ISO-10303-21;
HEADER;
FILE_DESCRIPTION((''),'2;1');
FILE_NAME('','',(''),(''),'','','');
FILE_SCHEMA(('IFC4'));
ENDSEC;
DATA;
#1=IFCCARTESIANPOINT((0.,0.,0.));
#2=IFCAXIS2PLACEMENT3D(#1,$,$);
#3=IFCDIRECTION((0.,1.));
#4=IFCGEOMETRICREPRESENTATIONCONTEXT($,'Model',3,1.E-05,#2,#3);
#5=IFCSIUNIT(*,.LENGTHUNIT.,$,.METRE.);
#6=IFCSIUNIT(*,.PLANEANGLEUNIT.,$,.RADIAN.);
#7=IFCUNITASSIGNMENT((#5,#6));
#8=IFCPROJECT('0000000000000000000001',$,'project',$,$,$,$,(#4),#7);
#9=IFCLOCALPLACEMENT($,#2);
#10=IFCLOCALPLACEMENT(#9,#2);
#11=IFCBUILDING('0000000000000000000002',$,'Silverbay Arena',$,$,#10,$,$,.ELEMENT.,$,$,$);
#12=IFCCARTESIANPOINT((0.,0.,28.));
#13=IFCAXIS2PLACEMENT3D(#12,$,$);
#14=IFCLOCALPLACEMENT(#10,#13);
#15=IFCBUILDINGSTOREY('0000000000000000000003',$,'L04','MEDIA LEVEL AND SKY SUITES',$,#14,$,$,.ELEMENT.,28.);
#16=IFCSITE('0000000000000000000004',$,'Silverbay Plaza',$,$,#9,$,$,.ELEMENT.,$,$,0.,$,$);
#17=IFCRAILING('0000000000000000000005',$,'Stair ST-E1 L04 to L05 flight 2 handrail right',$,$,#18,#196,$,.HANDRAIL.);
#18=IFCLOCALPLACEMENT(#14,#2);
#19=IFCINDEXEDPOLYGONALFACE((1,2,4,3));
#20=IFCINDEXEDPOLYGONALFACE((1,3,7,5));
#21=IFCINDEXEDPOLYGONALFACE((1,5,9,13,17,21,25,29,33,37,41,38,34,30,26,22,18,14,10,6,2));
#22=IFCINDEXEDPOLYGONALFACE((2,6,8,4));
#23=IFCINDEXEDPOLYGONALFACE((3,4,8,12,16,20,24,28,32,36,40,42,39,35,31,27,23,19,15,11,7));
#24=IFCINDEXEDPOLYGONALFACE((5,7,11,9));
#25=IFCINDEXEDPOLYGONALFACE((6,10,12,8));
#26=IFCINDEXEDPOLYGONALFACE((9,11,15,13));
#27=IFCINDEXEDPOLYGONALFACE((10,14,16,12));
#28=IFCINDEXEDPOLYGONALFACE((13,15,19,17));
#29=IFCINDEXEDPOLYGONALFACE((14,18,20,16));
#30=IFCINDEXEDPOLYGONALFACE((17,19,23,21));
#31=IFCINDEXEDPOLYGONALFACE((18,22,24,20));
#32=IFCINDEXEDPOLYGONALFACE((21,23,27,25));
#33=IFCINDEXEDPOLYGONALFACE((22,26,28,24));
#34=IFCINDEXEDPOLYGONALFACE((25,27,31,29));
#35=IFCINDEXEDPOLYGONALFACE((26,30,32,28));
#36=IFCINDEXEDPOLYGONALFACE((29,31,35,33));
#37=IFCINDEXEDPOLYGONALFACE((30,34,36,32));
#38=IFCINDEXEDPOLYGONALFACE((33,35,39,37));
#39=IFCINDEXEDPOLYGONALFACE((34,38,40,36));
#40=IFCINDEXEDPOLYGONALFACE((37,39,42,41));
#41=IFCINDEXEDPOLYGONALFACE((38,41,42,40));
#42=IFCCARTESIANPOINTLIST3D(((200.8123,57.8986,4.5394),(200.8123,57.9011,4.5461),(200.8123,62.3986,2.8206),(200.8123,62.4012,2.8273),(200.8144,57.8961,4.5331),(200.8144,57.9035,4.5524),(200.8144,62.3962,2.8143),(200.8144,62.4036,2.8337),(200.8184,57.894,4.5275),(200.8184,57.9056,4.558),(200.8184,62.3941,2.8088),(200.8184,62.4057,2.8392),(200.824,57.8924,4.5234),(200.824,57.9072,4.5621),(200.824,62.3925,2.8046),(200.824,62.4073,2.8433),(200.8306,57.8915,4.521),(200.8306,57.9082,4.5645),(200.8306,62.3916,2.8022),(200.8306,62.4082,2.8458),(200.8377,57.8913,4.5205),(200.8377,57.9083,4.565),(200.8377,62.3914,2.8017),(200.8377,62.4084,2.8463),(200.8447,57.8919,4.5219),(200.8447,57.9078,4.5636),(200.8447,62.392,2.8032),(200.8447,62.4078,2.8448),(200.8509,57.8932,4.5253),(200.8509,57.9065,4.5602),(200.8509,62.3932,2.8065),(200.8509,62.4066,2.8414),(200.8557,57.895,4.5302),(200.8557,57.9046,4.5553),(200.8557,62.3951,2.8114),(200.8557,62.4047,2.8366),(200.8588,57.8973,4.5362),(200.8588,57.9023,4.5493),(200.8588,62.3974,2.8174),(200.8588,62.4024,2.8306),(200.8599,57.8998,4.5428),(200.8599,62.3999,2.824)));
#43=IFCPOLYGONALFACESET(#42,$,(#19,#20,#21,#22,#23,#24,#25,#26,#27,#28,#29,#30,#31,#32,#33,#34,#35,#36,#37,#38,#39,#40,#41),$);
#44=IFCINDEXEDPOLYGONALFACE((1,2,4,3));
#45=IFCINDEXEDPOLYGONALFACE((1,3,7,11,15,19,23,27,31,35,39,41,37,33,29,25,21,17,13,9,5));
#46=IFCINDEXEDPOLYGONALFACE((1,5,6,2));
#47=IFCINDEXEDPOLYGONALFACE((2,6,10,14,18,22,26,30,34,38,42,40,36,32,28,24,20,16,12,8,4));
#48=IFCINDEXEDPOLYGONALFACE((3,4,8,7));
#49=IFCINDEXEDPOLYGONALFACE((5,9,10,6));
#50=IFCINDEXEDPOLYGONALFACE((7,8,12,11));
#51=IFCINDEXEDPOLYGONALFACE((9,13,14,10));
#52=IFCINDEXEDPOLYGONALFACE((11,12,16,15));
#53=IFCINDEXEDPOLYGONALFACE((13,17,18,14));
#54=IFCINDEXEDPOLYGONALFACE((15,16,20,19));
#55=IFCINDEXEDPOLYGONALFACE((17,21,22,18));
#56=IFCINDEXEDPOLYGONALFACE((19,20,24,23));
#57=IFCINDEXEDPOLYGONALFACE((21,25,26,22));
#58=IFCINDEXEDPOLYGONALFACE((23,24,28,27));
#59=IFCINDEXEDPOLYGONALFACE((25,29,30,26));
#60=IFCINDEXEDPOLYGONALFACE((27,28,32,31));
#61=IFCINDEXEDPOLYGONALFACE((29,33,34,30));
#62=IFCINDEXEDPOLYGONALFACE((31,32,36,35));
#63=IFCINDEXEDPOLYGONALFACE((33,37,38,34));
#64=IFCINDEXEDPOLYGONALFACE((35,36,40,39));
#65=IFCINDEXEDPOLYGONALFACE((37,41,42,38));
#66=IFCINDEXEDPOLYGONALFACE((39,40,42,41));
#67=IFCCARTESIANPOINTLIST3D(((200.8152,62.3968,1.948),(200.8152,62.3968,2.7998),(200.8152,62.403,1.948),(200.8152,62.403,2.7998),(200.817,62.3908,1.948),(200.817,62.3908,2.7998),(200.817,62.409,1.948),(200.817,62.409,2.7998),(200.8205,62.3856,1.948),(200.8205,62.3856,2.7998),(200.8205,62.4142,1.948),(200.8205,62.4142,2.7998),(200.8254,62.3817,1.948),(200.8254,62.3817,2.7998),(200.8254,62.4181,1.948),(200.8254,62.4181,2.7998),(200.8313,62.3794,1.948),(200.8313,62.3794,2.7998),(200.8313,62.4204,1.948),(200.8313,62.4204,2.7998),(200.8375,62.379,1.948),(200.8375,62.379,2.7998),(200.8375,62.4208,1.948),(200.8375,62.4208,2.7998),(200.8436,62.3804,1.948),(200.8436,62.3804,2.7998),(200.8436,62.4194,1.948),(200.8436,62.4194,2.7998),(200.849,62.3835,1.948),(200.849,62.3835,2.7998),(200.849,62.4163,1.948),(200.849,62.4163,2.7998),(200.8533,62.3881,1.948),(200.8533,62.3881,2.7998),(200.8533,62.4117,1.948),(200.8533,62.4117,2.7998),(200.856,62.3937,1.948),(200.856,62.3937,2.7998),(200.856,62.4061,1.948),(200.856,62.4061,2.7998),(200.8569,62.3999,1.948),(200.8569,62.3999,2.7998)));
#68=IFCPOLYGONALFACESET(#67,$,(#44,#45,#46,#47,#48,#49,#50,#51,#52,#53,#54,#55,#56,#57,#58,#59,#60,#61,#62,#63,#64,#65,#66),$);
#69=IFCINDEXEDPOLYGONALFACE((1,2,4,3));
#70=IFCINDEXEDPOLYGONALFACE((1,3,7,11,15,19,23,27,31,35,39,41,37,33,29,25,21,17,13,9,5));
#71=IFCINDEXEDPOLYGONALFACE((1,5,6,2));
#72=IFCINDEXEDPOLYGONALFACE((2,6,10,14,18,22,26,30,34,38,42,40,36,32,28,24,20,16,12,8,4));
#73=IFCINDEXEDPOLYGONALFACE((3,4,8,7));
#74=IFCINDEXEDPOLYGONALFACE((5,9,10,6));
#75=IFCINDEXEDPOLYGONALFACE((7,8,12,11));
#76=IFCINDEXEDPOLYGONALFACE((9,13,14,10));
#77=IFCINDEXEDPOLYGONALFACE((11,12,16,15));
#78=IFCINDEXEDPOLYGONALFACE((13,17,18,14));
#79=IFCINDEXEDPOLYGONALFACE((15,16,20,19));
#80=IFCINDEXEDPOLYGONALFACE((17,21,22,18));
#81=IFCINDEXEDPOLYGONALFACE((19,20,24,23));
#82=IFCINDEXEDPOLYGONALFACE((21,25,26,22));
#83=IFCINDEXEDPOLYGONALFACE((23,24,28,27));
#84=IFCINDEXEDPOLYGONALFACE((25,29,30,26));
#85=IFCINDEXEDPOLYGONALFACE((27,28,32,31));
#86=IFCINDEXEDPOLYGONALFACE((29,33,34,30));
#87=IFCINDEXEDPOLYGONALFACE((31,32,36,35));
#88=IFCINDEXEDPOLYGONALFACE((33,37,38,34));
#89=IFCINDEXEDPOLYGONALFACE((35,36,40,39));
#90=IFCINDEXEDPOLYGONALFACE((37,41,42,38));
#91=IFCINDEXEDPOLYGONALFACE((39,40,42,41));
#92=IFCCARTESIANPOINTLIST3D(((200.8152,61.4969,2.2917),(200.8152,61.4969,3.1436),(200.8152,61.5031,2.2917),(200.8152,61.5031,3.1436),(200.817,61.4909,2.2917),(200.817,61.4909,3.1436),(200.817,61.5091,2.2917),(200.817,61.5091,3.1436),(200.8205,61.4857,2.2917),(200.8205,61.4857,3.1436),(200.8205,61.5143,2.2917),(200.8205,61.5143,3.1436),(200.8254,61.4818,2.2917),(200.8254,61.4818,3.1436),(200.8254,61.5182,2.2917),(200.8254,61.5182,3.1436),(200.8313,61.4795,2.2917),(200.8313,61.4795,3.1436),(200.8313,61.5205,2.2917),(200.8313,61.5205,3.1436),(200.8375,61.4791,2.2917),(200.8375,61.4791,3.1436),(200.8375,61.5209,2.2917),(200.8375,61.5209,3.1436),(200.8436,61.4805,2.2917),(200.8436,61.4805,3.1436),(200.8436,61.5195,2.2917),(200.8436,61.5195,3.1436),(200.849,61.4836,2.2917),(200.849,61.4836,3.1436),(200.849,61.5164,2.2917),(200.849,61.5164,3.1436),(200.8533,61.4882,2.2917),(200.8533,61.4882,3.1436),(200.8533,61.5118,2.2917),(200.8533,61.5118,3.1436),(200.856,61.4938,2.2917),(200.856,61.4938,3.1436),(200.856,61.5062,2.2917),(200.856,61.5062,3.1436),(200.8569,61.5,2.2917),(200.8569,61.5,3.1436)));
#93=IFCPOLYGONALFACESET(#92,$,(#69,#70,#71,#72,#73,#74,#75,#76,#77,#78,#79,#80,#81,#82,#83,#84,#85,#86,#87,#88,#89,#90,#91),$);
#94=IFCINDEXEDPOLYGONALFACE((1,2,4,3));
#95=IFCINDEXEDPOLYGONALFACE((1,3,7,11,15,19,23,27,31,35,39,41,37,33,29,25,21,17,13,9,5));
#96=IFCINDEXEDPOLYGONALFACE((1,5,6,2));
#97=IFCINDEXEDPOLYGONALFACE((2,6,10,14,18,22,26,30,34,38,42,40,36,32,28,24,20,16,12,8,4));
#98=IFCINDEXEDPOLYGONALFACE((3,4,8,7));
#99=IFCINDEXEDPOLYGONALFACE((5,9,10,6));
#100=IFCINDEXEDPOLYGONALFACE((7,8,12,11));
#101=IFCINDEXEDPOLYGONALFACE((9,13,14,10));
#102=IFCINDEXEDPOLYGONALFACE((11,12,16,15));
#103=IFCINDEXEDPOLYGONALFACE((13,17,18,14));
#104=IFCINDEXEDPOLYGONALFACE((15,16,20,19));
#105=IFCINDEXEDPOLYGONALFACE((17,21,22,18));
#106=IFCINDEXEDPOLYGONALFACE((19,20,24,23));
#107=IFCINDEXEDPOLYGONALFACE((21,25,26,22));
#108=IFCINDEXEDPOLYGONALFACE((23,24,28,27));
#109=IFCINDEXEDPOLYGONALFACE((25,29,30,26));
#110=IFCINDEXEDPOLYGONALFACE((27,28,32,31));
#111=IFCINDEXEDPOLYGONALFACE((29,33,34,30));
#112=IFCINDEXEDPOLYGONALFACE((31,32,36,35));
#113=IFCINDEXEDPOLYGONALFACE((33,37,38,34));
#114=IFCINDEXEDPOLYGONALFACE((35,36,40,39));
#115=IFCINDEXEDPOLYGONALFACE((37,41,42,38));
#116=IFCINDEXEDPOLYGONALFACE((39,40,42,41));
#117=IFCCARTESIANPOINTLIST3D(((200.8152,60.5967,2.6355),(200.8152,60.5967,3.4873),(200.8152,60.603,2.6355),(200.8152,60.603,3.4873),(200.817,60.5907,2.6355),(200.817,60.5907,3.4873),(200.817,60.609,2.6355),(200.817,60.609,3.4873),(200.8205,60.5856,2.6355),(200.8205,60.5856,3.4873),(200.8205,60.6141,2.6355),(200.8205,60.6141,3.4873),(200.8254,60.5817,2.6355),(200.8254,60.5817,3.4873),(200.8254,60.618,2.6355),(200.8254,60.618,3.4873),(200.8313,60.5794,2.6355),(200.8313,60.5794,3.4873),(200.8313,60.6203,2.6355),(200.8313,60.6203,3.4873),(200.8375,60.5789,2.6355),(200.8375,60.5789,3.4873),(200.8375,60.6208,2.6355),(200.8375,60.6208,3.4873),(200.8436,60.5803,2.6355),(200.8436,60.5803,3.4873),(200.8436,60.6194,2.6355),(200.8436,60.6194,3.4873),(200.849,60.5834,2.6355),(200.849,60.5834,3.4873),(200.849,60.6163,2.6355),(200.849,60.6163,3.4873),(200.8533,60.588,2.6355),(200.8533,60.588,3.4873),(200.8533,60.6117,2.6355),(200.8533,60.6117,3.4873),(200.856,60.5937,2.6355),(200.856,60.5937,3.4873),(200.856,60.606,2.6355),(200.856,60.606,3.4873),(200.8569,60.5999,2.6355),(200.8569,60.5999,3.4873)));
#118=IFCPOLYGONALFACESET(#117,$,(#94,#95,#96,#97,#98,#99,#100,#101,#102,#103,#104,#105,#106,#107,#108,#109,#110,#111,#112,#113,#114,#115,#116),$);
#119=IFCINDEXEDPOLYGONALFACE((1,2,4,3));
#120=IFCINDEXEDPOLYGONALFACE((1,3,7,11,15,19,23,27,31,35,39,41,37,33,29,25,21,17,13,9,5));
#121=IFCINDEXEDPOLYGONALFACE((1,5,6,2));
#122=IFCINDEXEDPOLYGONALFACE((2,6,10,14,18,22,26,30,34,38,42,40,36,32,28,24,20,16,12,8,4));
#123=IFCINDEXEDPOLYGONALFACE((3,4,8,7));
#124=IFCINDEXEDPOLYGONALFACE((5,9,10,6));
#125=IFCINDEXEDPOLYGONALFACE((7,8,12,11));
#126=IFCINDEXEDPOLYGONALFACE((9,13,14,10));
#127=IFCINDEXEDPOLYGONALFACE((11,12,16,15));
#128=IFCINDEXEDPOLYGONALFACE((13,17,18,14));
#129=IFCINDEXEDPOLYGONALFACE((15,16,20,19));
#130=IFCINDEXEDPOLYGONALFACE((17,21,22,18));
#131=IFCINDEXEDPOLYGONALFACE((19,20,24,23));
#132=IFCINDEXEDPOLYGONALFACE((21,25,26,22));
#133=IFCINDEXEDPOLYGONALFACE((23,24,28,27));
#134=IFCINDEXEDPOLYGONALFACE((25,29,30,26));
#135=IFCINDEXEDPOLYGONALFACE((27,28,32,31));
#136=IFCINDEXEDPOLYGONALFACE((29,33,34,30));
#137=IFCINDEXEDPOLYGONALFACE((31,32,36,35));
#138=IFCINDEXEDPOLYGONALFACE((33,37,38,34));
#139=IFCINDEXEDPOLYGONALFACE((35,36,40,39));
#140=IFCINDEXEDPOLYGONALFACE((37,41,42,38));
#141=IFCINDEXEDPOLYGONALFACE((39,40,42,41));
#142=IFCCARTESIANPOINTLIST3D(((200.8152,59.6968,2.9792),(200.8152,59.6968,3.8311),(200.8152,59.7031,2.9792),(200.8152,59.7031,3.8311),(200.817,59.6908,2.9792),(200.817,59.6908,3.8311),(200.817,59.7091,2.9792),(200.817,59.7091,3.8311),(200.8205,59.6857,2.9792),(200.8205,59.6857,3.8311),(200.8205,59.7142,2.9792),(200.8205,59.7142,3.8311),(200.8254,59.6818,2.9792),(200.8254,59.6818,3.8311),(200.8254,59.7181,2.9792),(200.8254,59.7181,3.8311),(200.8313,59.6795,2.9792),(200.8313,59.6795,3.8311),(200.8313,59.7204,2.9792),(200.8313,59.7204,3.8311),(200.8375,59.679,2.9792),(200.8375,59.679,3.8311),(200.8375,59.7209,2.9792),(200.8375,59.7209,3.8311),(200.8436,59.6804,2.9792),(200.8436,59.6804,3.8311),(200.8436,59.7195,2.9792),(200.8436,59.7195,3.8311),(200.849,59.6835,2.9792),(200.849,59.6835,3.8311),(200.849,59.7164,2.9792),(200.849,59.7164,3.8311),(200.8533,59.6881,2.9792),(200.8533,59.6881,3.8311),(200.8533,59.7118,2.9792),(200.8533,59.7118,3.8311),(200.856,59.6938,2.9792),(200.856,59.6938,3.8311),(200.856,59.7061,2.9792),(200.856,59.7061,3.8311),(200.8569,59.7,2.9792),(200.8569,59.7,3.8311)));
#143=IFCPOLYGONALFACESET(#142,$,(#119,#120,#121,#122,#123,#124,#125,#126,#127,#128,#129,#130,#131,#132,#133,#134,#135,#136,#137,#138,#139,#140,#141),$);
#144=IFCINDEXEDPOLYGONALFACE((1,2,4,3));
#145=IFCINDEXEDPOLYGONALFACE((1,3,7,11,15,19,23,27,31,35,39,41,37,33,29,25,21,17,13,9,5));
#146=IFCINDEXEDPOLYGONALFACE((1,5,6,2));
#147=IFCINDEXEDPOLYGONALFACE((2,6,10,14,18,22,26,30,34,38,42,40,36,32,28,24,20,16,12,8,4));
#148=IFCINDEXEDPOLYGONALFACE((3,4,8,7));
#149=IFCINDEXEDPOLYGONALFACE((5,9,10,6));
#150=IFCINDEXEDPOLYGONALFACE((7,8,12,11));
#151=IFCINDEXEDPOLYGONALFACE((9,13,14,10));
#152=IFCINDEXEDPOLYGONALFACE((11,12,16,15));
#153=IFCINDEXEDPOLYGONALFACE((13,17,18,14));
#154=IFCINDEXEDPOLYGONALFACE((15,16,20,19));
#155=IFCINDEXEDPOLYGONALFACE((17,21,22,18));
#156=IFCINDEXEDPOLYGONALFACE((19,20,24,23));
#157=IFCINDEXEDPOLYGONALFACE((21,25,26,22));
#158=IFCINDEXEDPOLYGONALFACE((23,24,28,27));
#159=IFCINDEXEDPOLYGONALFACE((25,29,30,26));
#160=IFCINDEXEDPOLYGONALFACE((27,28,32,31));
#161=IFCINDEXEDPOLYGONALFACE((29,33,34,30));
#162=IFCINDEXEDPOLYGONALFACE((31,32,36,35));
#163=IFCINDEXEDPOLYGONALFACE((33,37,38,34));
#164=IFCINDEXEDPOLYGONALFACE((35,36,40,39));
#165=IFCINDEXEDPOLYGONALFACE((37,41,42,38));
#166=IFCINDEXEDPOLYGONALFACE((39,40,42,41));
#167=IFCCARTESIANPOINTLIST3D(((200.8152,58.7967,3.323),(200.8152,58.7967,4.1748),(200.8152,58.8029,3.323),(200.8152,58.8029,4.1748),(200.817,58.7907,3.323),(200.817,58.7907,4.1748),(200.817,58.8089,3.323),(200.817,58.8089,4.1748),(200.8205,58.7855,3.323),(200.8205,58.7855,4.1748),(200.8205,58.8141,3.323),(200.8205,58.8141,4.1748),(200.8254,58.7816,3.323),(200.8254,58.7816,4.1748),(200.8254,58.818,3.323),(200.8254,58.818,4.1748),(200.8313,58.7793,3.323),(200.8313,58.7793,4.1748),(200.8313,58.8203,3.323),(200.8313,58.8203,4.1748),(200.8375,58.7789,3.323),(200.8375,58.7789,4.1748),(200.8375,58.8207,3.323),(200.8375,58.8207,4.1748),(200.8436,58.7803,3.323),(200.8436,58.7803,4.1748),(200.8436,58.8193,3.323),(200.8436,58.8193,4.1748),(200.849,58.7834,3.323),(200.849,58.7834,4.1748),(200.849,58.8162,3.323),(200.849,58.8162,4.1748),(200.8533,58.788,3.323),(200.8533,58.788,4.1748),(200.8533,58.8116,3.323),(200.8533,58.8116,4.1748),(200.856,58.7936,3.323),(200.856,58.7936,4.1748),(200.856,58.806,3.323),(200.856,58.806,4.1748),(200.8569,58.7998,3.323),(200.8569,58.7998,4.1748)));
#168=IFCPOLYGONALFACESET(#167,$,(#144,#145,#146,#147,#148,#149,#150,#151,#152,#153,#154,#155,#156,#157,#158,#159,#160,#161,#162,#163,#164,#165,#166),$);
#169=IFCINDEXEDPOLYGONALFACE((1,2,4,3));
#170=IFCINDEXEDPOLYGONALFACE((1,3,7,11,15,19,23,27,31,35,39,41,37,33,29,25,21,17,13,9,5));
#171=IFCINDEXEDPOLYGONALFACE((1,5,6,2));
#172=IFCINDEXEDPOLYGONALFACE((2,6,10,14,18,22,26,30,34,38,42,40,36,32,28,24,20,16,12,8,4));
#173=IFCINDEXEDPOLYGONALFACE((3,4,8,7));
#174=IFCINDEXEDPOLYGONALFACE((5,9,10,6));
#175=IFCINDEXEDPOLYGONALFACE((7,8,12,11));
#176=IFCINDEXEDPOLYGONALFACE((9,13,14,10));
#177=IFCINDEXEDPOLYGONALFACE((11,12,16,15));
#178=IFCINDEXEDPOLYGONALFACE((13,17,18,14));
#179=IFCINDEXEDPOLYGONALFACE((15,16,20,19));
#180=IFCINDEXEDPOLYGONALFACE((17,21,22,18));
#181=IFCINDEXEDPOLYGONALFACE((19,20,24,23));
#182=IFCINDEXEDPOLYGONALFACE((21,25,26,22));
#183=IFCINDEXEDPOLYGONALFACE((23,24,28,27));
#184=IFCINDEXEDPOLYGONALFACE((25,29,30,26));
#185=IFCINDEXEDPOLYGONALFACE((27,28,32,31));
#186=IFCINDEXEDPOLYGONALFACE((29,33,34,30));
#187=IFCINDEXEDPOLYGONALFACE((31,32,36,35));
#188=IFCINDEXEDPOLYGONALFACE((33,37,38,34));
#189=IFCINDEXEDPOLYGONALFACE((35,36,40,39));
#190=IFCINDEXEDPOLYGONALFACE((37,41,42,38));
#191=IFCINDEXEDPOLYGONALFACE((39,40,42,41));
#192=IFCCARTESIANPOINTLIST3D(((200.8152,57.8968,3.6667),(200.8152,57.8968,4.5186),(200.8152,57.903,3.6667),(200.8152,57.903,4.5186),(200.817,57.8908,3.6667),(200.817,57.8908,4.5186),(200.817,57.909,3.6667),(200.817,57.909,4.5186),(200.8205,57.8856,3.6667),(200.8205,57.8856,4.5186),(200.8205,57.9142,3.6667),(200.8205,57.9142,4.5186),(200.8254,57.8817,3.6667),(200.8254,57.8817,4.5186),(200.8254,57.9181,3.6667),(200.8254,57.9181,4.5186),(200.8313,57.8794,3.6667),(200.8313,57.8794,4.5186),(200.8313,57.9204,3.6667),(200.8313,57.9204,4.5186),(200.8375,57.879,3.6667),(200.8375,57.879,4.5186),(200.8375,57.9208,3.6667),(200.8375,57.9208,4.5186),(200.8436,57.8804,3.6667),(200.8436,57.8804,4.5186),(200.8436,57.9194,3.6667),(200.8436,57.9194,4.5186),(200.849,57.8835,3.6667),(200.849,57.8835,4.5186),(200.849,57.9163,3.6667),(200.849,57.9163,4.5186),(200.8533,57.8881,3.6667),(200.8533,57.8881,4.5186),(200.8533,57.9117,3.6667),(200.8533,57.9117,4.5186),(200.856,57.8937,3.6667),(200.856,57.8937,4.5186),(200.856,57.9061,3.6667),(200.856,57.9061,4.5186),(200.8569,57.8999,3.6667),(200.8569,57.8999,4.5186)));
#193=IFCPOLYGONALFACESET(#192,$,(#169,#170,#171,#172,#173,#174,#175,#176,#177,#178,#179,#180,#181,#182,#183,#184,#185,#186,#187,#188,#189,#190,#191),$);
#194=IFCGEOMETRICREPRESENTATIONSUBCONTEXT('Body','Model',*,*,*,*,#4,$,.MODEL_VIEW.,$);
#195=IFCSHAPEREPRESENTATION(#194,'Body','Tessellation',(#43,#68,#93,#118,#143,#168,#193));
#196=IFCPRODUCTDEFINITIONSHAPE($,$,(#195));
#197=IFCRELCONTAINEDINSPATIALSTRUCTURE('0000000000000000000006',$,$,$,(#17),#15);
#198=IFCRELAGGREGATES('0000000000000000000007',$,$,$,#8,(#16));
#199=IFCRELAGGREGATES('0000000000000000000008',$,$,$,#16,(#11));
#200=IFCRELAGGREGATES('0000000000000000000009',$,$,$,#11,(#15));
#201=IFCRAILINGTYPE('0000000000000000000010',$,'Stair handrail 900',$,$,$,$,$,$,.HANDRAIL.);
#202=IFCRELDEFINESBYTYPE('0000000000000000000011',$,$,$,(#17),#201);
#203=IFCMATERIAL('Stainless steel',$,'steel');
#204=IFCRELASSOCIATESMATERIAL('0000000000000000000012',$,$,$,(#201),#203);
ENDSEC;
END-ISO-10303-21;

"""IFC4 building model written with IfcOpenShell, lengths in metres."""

from ifc_helpers import new_model, si_unit, direction, frame, origin, origin_2d, place, context, subcontext, project, spatial, circle, extrude, material, type_object, element, save


model = new_model("IFC4")

# Units and contexts
model_context = context("Model", 3, precision=1e-05, world=origin(), true_north=direction((0.0, 1.0)))
body_context = subcontext(model_context, "Body", "Model", "MODEL_VIEW")
ifc_project = project(units=[si_unit("LENGTHUNIT", "METRE"), si_unit("PLANEANGLEUNIT", "RADIAN")], contexts=[model_context])

# Site, building, storey
site_placement = place(None, origin())
site = spatial("IfcSite", under=ifc_project, at=site_placement, Name="Silverbay Plaza", CompositionType="ELEMENT", RefElevation=0.0)
building_placement = place(site_placement, origin())
building = spatial("IfcBuilding", under=site, at=building_placement, Name="Silverbay Arena", CompositionType="ELEMENT")
storey_placement = place(building_placement, frame((0.0, 0.0, 28.0)))
storey = spatial("IfcBuildingStorey", under=building, at=storey_placement, Name="L04", Description="MEDIA LEVEL AND SKY SUITES", CompositionType="ELEMENT", Elevation=28.0)

# Railing
ifc_material_1 = material(Name="Stainless steel", Category="steel")
railing_type_1 = type_object("IfcRailingType", Name="Stair handrail 900", PredefinedType="HANDRAIL", material=ifc_material_1)
for number, where, name in (
    (1, (200.8359, 62.3999, 1.948), "Stair ST-E1 L04 to L05 flight 2 handrail right"),
):
    element("IfcRailing", number, at=place(storey_placement, frame(where)), inside=storey, type_object=railing_type_1, Name=name, PredefinedType="HANDRAIL", context=body_context, shape_type="SweptSolid", body=[
        extrude(circle(Radius=0.0239, at=origin_2d()), frame((0.0, 0.0, 0.876), z_axis=(0.0, -0.934179, 0.356805), x_axis=(1.0, 0.0, 0.0)), (0.0, 0.0, 1.0), 4.8171),
        extrude(circle(Radius=0.021, at=origin_2d()), origin(), (0.0, 0.0, 1.0), 0.8518),
        extrude(circle(Radius=0.021, at=origin_2d()), frame((0.0, -0.8999, 0.3438)), (0.0, 0.0, 1.0), 0.8518),
        extrude(circle(Radius=0.021, at=origin_2d()), frame((0.0, -1.8, 0.6875)), (0.0, 0.0, 1.0), 0.8518),
        extrude(circle(Radius=0.021, at=origin_2d()), frame((0.0, -2.7, 1.0312)), (0.0, 0.0, 1.0), 0.8518),
        extrude(circle(Radius=0.021, at=origin_2d()), frame((0.0, -3.6001, 1.375)), (0.0, 0.0, 1.0), 0.8518),
        extrude(circle(Radius=0.021, at=origin_2d()), frame((0.0, -4.5, 1.7188)), (0.0, 0.0, 1.0), 0.8518),
    ])

save(model, "model.ifc")
